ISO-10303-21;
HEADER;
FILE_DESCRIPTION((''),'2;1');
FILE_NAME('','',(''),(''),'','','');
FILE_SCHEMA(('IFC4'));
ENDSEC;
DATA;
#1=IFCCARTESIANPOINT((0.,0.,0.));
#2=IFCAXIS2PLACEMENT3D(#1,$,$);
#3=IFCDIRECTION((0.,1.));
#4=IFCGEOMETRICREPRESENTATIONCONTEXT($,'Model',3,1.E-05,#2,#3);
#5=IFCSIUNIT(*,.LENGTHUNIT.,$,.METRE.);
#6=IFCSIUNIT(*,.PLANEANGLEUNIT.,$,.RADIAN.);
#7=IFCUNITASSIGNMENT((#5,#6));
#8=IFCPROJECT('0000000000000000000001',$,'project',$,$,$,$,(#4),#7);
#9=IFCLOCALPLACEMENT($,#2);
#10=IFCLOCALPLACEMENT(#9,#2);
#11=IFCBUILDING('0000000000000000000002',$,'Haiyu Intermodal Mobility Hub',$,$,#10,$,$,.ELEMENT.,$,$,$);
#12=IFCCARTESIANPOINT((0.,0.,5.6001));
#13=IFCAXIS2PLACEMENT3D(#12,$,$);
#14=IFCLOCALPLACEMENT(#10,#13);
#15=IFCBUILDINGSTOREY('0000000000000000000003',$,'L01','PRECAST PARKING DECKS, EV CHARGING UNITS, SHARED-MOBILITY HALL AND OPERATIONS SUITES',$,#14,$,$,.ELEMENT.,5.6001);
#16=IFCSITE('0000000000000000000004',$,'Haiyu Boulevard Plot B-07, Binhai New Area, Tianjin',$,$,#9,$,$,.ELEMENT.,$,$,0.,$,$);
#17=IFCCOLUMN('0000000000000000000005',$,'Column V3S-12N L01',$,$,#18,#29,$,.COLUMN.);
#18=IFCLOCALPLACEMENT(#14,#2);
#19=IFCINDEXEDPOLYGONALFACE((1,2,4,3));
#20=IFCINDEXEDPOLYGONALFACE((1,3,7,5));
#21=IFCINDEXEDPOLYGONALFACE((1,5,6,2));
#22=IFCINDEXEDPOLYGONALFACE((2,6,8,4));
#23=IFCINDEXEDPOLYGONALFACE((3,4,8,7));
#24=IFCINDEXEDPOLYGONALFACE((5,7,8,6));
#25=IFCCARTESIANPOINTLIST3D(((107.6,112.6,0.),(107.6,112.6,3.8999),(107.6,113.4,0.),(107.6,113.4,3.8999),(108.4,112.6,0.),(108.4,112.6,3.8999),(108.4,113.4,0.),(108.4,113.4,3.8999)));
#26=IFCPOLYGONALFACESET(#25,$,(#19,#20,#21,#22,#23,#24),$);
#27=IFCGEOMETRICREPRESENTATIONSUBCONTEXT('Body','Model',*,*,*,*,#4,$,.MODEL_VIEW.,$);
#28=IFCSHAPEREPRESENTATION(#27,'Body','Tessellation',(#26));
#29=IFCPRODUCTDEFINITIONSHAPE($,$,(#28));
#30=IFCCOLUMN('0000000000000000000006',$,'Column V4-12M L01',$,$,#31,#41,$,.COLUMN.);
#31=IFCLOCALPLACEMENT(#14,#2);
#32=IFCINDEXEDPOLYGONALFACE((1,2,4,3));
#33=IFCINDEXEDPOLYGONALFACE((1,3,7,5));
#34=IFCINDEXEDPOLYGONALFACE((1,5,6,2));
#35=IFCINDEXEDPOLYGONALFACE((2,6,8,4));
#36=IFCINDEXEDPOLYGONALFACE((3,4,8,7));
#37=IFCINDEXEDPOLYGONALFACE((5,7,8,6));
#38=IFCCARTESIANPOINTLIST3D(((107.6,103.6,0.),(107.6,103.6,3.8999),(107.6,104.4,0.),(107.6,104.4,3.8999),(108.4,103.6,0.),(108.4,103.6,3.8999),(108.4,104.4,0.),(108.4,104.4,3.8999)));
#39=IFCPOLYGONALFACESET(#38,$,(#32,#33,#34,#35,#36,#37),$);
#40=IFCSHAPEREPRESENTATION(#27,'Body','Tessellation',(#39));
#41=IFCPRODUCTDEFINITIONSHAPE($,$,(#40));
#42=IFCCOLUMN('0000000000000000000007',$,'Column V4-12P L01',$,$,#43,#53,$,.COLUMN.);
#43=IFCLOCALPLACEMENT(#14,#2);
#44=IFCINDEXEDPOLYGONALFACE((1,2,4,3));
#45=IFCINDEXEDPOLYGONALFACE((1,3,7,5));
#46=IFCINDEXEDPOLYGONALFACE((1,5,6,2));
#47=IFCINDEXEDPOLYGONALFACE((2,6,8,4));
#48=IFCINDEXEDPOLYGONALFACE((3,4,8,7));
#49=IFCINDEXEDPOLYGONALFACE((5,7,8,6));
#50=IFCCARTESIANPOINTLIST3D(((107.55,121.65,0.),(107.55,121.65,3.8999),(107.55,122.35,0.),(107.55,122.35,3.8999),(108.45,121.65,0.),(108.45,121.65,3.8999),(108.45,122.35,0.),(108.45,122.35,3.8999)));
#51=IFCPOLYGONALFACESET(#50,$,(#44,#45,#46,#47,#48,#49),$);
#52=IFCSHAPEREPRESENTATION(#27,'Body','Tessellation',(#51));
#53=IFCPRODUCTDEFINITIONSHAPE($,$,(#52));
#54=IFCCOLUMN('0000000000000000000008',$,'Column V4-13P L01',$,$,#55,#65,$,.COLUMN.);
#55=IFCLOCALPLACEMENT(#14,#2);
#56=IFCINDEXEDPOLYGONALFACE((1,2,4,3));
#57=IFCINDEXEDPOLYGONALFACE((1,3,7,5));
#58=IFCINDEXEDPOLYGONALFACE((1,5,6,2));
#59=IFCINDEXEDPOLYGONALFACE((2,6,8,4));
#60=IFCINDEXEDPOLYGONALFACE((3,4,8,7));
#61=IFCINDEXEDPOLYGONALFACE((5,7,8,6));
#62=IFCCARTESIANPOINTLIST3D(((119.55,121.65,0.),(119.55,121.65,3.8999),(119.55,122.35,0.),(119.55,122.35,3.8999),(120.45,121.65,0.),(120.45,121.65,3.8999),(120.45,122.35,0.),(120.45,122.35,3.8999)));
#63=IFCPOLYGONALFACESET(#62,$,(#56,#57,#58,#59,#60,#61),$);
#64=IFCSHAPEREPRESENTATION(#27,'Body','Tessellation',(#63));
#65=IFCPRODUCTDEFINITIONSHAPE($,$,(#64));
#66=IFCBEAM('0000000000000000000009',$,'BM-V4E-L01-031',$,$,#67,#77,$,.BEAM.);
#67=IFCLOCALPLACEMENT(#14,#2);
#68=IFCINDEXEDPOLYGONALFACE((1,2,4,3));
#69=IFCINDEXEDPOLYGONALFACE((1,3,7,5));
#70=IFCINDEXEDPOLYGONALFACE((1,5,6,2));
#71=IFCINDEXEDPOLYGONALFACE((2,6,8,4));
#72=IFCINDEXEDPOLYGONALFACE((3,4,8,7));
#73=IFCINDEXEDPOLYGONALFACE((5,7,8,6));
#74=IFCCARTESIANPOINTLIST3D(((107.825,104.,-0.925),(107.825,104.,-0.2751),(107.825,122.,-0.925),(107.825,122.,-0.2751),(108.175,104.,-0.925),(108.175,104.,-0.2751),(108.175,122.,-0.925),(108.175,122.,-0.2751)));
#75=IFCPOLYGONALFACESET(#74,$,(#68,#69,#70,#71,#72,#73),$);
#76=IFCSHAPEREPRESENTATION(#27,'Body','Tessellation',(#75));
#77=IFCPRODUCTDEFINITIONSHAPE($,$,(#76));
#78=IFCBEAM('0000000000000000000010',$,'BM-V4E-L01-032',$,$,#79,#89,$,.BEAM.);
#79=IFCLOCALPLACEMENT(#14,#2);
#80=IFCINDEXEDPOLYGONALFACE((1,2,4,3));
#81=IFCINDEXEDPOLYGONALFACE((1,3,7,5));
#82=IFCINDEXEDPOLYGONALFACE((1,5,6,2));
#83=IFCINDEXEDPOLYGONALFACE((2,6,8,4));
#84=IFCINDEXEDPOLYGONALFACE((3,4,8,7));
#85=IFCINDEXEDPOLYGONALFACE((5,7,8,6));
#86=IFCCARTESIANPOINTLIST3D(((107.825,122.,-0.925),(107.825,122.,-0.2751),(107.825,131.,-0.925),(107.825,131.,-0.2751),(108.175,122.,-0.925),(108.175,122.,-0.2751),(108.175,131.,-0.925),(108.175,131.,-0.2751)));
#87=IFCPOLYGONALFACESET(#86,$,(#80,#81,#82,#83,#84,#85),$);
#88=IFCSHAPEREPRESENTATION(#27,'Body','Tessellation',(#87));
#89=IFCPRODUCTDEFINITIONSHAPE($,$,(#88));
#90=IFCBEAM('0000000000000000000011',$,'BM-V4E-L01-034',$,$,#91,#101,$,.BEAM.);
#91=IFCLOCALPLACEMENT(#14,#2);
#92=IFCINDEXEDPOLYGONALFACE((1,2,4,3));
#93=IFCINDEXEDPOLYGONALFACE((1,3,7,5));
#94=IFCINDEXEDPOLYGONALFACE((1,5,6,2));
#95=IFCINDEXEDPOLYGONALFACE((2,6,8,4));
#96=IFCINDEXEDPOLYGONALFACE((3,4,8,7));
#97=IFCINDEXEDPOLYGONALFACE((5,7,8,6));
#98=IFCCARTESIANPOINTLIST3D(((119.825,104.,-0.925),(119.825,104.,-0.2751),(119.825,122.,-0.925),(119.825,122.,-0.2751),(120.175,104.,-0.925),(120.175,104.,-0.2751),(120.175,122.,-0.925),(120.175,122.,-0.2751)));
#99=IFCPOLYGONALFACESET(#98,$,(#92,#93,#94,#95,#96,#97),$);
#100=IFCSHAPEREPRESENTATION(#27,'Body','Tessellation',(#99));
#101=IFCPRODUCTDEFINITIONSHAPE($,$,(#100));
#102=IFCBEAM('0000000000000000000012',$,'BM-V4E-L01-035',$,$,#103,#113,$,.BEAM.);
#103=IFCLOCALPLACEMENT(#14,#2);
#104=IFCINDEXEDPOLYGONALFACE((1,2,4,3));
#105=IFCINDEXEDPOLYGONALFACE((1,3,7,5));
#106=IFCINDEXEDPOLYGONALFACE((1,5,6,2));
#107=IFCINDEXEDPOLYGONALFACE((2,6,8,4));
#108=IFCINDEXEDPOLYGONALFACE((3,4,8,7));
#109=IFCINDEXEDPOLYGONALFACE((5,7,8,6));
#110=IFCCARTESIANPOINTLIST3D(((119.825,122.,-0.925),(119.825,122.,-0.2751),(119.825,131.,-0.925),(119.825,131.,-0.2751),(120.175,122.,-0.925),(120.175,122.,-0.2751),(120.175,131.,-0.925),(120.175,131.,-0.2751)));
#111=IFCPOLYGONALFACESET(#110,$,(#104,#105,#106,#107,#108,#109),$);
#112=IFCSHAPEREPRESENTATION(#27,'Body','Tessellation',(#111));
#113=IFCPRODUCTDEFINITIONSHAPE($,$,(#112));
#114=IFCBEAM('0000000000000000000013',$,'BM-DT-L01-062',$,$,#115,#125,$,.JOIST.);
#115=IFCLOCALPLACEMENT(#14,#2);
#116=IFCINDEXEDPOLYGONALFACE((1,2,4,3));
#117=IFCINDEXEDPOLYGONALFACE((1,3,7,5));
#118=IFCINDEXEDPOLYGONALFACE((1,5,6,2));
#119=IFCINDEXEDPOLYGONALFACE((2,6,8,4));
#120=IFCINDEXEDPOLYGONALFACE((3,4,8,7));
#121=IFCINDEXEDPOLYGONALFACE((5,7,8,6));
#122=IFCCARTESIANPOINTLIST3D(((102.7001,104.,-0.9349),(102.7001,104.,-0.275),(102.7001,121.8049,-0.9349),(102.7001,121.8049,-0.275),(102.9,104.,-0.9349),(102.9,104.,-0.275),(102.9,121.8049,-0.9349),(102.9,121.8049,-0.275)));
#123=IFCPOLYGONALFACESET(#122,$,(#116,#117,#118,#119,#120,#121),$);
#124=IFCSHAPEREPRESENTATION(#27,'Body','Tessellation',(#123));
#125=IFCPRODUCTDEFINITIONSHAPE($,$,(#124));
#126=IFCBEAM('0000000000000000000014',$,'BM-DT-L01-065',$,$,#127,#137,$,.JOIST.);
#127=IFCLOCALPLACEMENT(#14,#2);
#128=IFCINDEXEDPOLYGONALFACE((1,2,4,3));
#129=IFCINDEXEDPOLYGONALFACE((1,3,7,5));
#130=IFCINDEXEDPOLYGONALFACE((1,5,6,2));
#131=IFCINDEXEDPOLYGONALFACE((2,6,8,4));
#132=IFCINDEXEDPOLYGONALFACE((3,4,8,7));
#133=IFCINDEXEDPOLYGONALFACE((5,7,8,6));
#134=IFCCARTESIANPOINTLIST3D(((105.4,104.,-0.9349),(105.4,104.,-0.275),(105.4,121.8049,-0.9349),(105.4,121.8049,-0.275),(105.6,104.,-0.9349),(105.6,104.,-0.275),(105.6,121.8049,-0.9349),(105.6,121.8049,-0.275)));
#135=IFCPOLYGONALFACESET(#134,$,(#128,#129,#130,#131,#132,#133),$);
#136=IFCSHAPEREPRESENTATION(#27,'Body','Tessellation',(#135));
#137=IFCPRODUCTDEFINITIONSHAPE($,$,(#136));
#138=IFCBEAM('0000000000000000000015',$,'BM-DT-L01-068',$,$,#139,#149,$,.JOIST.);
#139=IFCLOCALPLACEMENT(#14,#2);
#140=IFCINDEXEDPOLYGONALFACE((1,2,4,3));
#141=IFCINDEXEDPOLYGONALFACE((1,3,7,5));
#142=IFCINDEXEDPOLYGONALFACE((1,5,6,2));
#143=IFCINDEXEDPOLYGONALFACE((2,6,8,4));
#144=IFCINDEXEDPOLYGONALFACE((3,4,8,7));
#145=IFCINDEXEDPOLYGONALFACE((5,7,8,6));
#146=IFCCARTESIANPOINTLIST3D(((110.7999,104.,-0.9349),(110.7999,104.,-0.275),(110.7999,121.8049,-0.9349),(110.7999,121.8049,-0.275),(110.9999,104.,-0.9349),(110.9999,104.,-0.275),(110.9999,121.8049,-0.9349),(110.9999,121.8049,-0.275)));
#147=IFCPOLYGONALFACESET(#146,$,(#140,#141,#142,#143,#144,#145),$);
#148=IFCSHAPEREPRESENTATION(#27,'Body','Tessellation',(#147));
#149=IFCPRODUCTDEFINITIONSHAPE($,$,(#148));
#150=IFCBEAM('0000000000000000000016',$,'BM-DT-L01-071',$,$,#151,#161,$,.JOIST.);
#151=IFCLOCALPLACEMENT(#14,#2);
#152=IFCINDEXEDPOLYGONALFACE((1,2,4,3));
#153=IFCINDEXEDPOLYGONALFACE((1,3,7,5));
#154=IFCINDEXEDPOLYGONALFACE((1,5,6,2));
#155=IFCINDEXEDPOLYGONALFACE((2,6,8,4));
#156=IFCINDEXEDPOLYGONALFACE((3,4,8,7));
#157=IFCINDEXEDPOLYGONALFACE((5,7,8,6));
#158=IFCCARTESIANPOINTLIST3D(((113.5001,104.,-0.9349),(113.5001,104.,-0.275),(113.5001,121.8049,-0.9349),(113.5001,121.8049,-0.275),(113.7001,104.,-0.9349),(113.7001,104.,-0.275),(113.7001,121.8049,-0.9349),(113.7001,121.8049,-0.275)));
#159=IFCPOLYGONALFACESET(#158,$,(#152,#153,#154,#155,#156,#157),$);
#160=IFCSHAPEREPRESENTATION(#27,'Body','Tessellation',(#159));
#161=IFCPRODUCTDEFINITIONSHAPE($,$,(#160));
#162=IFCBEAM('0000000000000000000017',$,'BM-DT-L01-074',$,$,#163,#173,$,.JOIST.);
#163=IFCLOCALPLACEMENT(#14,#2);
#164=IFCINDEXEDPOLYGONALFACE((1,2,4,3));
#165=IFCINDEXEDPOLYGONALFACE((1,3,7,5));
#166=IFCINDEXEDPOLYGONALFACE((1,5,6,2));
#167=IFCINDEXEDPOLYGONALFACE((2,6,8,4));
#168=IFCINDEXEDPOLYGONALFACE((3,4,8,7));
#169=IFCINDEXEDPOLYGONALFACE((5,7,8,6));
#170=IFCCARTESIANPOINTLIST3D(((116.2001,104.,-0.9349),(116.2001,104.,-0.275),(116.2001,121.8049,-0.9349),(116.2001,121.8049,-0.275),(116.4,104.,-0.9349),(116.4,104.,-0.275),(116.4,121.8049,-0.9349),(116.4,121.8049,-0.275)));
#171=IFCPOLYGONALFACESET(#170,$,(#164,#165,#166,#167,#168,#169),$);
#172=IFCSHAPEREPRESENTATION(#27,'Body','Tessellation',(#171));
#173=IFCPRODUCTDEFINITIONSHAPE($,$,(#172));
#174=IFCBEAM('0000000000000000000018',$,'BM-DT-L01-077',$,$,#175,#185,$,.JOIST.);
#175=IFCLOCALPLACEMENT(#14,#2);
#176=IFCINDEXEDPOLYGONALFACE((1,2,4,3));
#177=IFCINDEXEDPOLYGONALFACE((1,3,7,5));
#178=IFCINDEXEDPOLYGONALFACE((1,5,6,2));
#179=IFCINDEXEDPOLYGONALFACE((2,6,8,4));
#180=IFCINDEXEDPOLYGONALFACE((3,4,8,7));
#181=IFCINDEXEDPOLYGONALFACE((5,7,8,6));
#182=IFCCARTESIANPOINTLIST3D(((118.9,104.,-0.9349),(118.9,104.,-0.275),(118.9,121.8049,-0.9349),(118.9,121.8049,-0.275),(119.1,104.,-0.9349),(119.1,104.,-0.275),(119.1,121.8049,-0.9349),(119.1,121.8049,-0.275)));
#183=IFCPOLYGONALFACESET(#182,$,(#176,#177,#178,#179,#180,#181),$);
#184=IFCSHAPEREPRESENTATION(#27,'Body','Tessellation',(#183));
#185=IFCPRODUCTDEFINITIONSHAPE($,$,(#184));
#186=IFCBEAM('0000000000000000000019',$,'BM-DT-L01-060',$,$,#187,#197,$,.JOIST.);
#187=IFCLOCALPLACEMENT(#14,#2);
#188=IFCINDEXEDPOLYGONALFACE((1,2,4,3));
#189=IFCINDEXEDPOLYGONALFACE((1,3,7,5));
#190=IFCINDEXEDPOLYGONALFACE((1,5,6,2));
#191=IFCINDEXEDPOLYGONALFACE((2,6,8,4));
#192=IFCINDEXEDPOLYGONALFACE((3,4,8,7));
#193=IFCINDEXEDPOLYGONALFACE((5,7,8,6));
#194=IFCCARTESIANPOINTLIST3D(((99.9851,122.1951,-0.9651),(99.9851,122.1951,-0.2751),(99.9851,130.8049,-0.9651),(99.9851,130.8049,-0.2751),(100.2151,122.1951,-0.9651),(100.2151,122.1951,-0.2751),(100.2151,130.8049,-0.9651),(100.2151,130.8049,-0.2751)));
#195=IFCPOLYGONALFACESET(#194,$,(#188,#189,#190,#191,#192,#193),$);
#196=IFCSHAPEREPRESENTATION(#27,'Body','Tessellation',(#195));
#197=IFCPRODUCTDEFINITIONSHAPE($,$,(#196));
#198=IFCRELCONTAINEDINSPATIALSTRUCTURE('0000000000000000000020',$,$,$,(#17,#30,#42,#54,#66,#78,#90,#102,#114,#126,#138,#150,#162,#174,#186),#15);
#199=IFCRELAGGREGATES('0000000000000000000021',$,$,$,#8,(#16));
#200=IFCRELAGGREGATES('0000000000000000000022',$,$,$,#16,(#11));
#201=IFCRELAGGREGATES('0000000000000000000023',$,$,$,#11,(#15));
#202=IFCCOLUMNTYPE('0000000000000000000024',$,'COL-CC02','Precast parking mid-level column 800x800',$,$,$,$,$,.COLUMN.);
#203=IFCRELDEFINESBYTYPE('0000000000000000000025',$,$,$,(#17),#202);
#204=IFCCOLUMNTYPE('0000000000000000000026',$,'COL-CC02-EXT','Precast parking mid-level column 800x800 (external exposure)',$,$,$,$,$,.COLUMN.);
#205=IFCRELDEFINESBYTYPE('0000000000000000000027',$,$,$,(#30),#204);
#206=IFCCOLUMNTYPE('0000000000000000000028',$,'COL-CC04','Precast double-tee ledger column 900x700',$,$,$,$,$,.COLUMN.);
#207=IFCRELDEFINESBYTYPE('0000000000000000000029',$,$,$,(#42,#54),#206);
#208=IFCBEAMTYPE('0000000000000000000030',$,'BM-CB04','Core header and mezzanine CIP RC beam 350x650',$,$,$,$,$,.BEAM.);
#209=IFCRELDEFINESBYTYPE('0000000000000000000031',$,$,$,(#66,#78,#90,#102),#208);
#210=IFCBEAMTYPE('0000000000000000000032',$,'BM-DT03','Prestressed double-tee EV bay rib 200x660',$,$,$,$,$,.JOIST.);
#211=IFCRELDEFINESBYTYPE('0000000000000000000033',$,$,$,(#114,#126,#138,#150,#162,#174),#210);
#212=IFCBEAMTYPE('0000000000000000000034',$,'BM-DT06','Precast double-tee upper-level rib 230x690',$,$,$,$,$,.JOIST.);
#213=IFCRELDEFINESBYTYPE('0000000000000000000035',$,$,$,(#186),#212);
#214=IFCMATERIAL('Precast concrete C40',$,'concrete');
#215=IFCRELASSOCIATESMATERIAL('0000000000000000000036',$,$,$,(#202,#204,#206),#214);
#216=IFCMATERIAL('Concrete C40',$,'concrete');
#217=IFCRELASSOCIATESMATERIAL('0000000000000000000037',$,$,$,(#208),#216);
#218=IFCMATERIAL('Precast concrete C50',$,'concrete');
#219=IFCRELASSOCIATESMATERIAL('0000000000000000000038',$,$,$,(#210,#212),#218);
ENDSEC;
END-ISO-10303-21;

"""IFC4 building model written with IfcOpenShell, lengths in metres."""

from ifc_helpers import new_model, si_unit, direction, frame, origin, origin_2d, place, context, subcontext, project, spatial, rectangle, extrude, material, material_profile, profile_set, type_object, element, save


model = new_model("IFC4")

# Units and contexts
model_context = context("Model", 3, precision=1e-05, world=origin(), true_north=direction((0.0, 1.0)))
body_context = subcontext(model_context, "Body", "Model", "MODEL_VIEW")
ifc_project = project(units=[si_unit("LENGTHUNIT", "METRE"), si_unit("PLANEANGLEUNIT", "RADIAN")], contexts=[model_context])

# Site, building, storey
site_placement = place(None, origin())
site = spatial("IfcSite", under=ifc_project, at=site_placement, Name="Haiyu Boulevard Plot B-07, Binhai New Area, Tianjin", CompositionType="ELEMENT", RefElevation=0.0)
building_placement = place(site_placement, origin())
building = spatial("IfcBuilding", under=site, at=building_placement, Name="Haiyu Intermodal Mobility Hub", CompositionType="ELEMENT")
storey_placement = place(building_placement, frame((0.0, 0.0, 5.6001)))
storey = spatial("IfcBuildingStorey", under=building, at=storey_placement, Name="L01", Description="PRECAST PARKING DECKS, EV CHARGING UNITS, SHARED-MOBILITY HALL AND OPERATIONS SUITES", CompositionType="ELEMENT", Elevation=5.6001)

# Columns
ifc_material_1 = material(Name="Precast concrete C40", Category="concrete")
ifc_material_profile_1 = material_profile(ifc_material_1, rectangle(XDim=0.8, YDim=0.8, at=origin_2d()), Name="RC800x800")
ifc_profile_set_1 = profile_set([ifc_material_profile_1], Name="Precast concrete C40")
column_type_1 = type_object("IfcColumnType", Name="COL-CC02", Description="Precast parking mid-level column 800x800", PredefinedType="COLUMN", material=ifc_profile_set_1)
column_1_placement = place(storey_placement, frame((108.0, 113.0, 0.0), z_axis=(0.0, 0.0, 1.0), x_axis=(1.0, 0.0, 0.0)))
element("IfcColumn", 1, at=column_1_placement, inside=storey, type_object=column_type_1, Name="Column V3S-12N L01", PredefinedType="COLUMN", context=body_context, shape_type="SweptSolid", body=[
    extrude(rectangle(XDim=0.8, YDim=0.8, at=origin_2d()), origin(), (0.0, 0.0, 1.0), 3.8999),
])
ifc_material_profile_2 = material_profile(ifc_material_1, rectangle(XDim=0.8, YDim=0.8, at=origin_2d()), Name="RC800x800")
ifc_profile_set_2 = profile_set([ifc_material_profile_2], Name="Precast concrete C40")
column_type_2 = type_object("IfcColumnType", Name="COL-CC02-EXT", Description="Precast parking mid-level column 800x800 (external exposure)", PredefinedType="COLUMN", material=ifc_profile_set_2)
column_2_placement = place(storey_placement, frame((108.0, 104.0, 0.0), z_axis=(0.0, 0.0, 1.0), x_axis=(1.0, 0.0, 0.0)))
element("IfcColumn", 2, at=column_2_placement, inside=storey, type_object=column_type_2, Name="Column V4-12M L01", PredefinedType="COLUMN", context=body_context, shape_type="SweptSolid", body=[
    extrude(rectangle(XDim=0.8, YDim=0.8, at=origin_2d()), origin(), (0.0, 0.0, 1.0), 3.8999),
])
ifc_material_profile_3 = material_profile(ifc_material_1, rectangle(XDim=0.8999, YDim=0.7, at=origin_2d()), Name="RC900x700")
ifc_profile_set_3 = profile_set([ifc_material_profile_3], Name="Precast concrete C40")
column_type_3 = type_object("IfcColumnType", Name="COL-CC04", Description="Precast double-tee ledger column 900x700", PredefinedType="COLUMN", material=ifc_profile_set_3)
for number, where, z_axis, x_axis, name in (
    (3, (108.0, 122.0, 0.0), (0.0, 0.0, 1.0), (1.0, 0.0, 0.0), "Column V4-12P L01"),
    (4, (120.0, 122.0, 0.0), (0.0, 0.0, 1.0), (1.0, 0.0, 0.0), "Column V4-13P L01"),
):
    element("IfcColumn", number, at=place(storey_placement, frame(where, z_axis=z_axis, x_axis=x_axis)), inside=storey, type_object=column_type_3, Name=name, PredefinedType="COLUMN", context=body_context, shape_type="SweptSolid", body=[
        extrude(rectangle(XDim=0.8999, YDim=0.7, at=origin_2d()), origin(), (0.0, 0.0, 1.0), 3.8999),
    ])

# Beams
ifc_material_2 = material(Name="Concrete C40", Category="concrete")
ifc_material_profile_4 = material_profile(ifc_material_2, rectangle(XDim=0.3501, YDim=0.6499, at=origin_2d()), Name="RCB350x650")
ifc_profile_set_4 = profile_set([ifc_material_profile_4], Name="Concrete C40")
beam_type_1 = type_object("IfcBeamType", Name="BM-CB04", Description="Core header and mezzanine CIP RC beam 350x650", PredefinedType="BEAM", material=ifc_profile_set_4)
beam_1_placement = place(storey_placement, frame((108.0, 104.0, -0.6001), z_axis=(0.0, 1.0, 0.0), x_axis=(-1.0, 0.0, 0.0)))
element("IfcBeam", 5, at=beam_1_placement, inside=storey, type_object=beam_type_1, Name="BM-V4E-L01-031", PredefinedType="BEAM", context=body_context, shape_type="SweptSolid", body=[
    extrude(rectangle(XDim=0.3501, YDim=0.6499, at=origin_2d()), origin(), (0.0, 0.0, 1.0), 18.0),
])
beam_2_placement = place(storey_placement, frame((108.0, 122.0, -0.6001), z_axis=(0.0, 1.0, 0.0), x_axis=(-1.0, 0.0, 0.0)))
element("IfcBeam", 6, at=beam_2_placement, inside=storey, type_object=beam_type_1, Name="BM-V4E-L01-032", PredefinedType="BEAM", context=body_context, shape_type="SweptSolid", body=[
    extrude(rectangle(XDim=0.3501, YDim=0.6499, at=origin_2d()), origin(), (0.0, 0.0, 1.0), 9.0),
])
beam_3_placement = place(storey_placement, frame((120.0, 104.0, -0.6001), z_axis=(0.0, 1.0, 0.0), x_axis=(-1.0, 0.0, 0.0)))
element("IfcBeam", 7, at=beam_3_placement, inside=storey, type_object=beam_type_1, Name="BM-V4E-L01-034", PredefinedType="BEAM", context=body_context, shape_type="SweptSolid", body=[
    extrude(rectangle(XDim=0.3501, YDim=0.6499, at=origin_2d()), origin(), (0.0, 0.0, 1.0), 18.0),
])
beam_4_placement = place(storey_placement, frame((120.0, 122.0, -0.6001), z_axis=(0.0, 1.0, 0.0), x_axis=(-1.0, 0.0, 0.0)))
element("IfcBeam", 8, at=beam_4_placement, inside=storey, type_object=beam_type_1, Name="BM-V4E-L01-035", PredefinedType="BEAM", context=body_context, shape_type="SweptSolid", body=[
    extrude(rectangle(XDim=0.3501, YDim=0.6499, at=origin_2d()), origin(), (0.0, 0.0, 1.0), 9.0),
])
ifc_material_3 = material(Name="Precast concrete C50", Category="concrete")
ifc_material_profile_5 = material_profile(ifc_material_3, rectangle(XDim=0.2, YDim=0.6599, at=origin_2d()), Name="PC200x660")
ifc_profile_set_5 = profile_set([ifc_material_profile_5], Name="Precast concrete C50")
beam_type_2 = type_object("IfcBeamType", Name="BM-DT03", Description="Prestressed double-tee EV bay rib 200x660", PredefinedType="JOIST", material=ifc_profile_set_5)
for number, where, z_axis, x_axis, name in (
    (9, (102.8, 104.0, -0.605), (0.0, 1.0, 0.0), (-1.0, 0.0, 0.0), "BM-DT-L01-062"),
    (10, (105.5, 104.0, -0.605), (0.0, 1.0, 0.0), (-1.0, 0.0, 0.0), "BM-DT-L01-065"),
    (11, (110.8999, 104.0, -0.605), (0.0, 1.0, 0.0), (-1.0, 0.0, 0.0), "BM-DT-L01-068"),
    (12, (113.6001, 104.0, -0.605), (0.0, 1.0, 0.0), (-1.0, 0.0, 0.0), "BM-DT-L01-071"),
    (13, (116.3, 104.0, -0.605), (0.0, 1.0, 0.0), (-1.0, 0.0, 0.0), "BM-DT-L01-074"),
    (14, (119.0, 104.0, -0.605), (0.0, 1.0, 0.0), (-1.0, 0.0, 0.0), "BM-DT-L01-077"),
):
    element("IfcBeam", number, at=place(storey_placement, frame(where, z_axis=z_axis, x_axis=x_axis)), inside=storey, type_object=beam_type_2, Name=name, PredefinedType="JOIST", context=body_context, shape_type="SweptSolid", body=[
        extrude(rectangle(XDim=0.2, YDim=0.6599, at=origin_2d()), origin(), (0.0, 0.0, 1.0), 17.8049),
    ])
ifc_material_profile_6 = material_profile(ifc_material_3, rectangle(XDim=0.23, YDim=0.6899, at=origin_2d()), Name="B230x690")
ifc_profile_set_6 = profile_set([ifc_material_profile_6], Name="Precast concrete C50")
beam_type_3 = type_object("IfcBeamType", Name="BM-DT06", Description="Precast double-tee upper-level rib 230x690", PredefinedType="JOIST", material=ifc_profile_set_6)
for number, where, z_axis, x_axis, name in (
    (15, (100.1001, 122.1951, -0.6201), (0.0, 1.0, 0.0), (-1.0, 0.0, 0.0), "BM-DT-L01-060"),
):
    element("IfcBeam", number, at=place(storey_placement, frame(where, z_axis=z_axis, x_axis=x_axis)), inside=storey, type_object=beam_type_3, Name=name, PredefinedType="JOIST", context=body_context, shape_type="SweptSolid", body=[
        extrude(rectangle(XDim=0.23, YDim=0.6899, at=origin_2d()), origin(), (0.0, 0.0, 1.0), 8.6099),
    ])

save(model, "model.ifc")
